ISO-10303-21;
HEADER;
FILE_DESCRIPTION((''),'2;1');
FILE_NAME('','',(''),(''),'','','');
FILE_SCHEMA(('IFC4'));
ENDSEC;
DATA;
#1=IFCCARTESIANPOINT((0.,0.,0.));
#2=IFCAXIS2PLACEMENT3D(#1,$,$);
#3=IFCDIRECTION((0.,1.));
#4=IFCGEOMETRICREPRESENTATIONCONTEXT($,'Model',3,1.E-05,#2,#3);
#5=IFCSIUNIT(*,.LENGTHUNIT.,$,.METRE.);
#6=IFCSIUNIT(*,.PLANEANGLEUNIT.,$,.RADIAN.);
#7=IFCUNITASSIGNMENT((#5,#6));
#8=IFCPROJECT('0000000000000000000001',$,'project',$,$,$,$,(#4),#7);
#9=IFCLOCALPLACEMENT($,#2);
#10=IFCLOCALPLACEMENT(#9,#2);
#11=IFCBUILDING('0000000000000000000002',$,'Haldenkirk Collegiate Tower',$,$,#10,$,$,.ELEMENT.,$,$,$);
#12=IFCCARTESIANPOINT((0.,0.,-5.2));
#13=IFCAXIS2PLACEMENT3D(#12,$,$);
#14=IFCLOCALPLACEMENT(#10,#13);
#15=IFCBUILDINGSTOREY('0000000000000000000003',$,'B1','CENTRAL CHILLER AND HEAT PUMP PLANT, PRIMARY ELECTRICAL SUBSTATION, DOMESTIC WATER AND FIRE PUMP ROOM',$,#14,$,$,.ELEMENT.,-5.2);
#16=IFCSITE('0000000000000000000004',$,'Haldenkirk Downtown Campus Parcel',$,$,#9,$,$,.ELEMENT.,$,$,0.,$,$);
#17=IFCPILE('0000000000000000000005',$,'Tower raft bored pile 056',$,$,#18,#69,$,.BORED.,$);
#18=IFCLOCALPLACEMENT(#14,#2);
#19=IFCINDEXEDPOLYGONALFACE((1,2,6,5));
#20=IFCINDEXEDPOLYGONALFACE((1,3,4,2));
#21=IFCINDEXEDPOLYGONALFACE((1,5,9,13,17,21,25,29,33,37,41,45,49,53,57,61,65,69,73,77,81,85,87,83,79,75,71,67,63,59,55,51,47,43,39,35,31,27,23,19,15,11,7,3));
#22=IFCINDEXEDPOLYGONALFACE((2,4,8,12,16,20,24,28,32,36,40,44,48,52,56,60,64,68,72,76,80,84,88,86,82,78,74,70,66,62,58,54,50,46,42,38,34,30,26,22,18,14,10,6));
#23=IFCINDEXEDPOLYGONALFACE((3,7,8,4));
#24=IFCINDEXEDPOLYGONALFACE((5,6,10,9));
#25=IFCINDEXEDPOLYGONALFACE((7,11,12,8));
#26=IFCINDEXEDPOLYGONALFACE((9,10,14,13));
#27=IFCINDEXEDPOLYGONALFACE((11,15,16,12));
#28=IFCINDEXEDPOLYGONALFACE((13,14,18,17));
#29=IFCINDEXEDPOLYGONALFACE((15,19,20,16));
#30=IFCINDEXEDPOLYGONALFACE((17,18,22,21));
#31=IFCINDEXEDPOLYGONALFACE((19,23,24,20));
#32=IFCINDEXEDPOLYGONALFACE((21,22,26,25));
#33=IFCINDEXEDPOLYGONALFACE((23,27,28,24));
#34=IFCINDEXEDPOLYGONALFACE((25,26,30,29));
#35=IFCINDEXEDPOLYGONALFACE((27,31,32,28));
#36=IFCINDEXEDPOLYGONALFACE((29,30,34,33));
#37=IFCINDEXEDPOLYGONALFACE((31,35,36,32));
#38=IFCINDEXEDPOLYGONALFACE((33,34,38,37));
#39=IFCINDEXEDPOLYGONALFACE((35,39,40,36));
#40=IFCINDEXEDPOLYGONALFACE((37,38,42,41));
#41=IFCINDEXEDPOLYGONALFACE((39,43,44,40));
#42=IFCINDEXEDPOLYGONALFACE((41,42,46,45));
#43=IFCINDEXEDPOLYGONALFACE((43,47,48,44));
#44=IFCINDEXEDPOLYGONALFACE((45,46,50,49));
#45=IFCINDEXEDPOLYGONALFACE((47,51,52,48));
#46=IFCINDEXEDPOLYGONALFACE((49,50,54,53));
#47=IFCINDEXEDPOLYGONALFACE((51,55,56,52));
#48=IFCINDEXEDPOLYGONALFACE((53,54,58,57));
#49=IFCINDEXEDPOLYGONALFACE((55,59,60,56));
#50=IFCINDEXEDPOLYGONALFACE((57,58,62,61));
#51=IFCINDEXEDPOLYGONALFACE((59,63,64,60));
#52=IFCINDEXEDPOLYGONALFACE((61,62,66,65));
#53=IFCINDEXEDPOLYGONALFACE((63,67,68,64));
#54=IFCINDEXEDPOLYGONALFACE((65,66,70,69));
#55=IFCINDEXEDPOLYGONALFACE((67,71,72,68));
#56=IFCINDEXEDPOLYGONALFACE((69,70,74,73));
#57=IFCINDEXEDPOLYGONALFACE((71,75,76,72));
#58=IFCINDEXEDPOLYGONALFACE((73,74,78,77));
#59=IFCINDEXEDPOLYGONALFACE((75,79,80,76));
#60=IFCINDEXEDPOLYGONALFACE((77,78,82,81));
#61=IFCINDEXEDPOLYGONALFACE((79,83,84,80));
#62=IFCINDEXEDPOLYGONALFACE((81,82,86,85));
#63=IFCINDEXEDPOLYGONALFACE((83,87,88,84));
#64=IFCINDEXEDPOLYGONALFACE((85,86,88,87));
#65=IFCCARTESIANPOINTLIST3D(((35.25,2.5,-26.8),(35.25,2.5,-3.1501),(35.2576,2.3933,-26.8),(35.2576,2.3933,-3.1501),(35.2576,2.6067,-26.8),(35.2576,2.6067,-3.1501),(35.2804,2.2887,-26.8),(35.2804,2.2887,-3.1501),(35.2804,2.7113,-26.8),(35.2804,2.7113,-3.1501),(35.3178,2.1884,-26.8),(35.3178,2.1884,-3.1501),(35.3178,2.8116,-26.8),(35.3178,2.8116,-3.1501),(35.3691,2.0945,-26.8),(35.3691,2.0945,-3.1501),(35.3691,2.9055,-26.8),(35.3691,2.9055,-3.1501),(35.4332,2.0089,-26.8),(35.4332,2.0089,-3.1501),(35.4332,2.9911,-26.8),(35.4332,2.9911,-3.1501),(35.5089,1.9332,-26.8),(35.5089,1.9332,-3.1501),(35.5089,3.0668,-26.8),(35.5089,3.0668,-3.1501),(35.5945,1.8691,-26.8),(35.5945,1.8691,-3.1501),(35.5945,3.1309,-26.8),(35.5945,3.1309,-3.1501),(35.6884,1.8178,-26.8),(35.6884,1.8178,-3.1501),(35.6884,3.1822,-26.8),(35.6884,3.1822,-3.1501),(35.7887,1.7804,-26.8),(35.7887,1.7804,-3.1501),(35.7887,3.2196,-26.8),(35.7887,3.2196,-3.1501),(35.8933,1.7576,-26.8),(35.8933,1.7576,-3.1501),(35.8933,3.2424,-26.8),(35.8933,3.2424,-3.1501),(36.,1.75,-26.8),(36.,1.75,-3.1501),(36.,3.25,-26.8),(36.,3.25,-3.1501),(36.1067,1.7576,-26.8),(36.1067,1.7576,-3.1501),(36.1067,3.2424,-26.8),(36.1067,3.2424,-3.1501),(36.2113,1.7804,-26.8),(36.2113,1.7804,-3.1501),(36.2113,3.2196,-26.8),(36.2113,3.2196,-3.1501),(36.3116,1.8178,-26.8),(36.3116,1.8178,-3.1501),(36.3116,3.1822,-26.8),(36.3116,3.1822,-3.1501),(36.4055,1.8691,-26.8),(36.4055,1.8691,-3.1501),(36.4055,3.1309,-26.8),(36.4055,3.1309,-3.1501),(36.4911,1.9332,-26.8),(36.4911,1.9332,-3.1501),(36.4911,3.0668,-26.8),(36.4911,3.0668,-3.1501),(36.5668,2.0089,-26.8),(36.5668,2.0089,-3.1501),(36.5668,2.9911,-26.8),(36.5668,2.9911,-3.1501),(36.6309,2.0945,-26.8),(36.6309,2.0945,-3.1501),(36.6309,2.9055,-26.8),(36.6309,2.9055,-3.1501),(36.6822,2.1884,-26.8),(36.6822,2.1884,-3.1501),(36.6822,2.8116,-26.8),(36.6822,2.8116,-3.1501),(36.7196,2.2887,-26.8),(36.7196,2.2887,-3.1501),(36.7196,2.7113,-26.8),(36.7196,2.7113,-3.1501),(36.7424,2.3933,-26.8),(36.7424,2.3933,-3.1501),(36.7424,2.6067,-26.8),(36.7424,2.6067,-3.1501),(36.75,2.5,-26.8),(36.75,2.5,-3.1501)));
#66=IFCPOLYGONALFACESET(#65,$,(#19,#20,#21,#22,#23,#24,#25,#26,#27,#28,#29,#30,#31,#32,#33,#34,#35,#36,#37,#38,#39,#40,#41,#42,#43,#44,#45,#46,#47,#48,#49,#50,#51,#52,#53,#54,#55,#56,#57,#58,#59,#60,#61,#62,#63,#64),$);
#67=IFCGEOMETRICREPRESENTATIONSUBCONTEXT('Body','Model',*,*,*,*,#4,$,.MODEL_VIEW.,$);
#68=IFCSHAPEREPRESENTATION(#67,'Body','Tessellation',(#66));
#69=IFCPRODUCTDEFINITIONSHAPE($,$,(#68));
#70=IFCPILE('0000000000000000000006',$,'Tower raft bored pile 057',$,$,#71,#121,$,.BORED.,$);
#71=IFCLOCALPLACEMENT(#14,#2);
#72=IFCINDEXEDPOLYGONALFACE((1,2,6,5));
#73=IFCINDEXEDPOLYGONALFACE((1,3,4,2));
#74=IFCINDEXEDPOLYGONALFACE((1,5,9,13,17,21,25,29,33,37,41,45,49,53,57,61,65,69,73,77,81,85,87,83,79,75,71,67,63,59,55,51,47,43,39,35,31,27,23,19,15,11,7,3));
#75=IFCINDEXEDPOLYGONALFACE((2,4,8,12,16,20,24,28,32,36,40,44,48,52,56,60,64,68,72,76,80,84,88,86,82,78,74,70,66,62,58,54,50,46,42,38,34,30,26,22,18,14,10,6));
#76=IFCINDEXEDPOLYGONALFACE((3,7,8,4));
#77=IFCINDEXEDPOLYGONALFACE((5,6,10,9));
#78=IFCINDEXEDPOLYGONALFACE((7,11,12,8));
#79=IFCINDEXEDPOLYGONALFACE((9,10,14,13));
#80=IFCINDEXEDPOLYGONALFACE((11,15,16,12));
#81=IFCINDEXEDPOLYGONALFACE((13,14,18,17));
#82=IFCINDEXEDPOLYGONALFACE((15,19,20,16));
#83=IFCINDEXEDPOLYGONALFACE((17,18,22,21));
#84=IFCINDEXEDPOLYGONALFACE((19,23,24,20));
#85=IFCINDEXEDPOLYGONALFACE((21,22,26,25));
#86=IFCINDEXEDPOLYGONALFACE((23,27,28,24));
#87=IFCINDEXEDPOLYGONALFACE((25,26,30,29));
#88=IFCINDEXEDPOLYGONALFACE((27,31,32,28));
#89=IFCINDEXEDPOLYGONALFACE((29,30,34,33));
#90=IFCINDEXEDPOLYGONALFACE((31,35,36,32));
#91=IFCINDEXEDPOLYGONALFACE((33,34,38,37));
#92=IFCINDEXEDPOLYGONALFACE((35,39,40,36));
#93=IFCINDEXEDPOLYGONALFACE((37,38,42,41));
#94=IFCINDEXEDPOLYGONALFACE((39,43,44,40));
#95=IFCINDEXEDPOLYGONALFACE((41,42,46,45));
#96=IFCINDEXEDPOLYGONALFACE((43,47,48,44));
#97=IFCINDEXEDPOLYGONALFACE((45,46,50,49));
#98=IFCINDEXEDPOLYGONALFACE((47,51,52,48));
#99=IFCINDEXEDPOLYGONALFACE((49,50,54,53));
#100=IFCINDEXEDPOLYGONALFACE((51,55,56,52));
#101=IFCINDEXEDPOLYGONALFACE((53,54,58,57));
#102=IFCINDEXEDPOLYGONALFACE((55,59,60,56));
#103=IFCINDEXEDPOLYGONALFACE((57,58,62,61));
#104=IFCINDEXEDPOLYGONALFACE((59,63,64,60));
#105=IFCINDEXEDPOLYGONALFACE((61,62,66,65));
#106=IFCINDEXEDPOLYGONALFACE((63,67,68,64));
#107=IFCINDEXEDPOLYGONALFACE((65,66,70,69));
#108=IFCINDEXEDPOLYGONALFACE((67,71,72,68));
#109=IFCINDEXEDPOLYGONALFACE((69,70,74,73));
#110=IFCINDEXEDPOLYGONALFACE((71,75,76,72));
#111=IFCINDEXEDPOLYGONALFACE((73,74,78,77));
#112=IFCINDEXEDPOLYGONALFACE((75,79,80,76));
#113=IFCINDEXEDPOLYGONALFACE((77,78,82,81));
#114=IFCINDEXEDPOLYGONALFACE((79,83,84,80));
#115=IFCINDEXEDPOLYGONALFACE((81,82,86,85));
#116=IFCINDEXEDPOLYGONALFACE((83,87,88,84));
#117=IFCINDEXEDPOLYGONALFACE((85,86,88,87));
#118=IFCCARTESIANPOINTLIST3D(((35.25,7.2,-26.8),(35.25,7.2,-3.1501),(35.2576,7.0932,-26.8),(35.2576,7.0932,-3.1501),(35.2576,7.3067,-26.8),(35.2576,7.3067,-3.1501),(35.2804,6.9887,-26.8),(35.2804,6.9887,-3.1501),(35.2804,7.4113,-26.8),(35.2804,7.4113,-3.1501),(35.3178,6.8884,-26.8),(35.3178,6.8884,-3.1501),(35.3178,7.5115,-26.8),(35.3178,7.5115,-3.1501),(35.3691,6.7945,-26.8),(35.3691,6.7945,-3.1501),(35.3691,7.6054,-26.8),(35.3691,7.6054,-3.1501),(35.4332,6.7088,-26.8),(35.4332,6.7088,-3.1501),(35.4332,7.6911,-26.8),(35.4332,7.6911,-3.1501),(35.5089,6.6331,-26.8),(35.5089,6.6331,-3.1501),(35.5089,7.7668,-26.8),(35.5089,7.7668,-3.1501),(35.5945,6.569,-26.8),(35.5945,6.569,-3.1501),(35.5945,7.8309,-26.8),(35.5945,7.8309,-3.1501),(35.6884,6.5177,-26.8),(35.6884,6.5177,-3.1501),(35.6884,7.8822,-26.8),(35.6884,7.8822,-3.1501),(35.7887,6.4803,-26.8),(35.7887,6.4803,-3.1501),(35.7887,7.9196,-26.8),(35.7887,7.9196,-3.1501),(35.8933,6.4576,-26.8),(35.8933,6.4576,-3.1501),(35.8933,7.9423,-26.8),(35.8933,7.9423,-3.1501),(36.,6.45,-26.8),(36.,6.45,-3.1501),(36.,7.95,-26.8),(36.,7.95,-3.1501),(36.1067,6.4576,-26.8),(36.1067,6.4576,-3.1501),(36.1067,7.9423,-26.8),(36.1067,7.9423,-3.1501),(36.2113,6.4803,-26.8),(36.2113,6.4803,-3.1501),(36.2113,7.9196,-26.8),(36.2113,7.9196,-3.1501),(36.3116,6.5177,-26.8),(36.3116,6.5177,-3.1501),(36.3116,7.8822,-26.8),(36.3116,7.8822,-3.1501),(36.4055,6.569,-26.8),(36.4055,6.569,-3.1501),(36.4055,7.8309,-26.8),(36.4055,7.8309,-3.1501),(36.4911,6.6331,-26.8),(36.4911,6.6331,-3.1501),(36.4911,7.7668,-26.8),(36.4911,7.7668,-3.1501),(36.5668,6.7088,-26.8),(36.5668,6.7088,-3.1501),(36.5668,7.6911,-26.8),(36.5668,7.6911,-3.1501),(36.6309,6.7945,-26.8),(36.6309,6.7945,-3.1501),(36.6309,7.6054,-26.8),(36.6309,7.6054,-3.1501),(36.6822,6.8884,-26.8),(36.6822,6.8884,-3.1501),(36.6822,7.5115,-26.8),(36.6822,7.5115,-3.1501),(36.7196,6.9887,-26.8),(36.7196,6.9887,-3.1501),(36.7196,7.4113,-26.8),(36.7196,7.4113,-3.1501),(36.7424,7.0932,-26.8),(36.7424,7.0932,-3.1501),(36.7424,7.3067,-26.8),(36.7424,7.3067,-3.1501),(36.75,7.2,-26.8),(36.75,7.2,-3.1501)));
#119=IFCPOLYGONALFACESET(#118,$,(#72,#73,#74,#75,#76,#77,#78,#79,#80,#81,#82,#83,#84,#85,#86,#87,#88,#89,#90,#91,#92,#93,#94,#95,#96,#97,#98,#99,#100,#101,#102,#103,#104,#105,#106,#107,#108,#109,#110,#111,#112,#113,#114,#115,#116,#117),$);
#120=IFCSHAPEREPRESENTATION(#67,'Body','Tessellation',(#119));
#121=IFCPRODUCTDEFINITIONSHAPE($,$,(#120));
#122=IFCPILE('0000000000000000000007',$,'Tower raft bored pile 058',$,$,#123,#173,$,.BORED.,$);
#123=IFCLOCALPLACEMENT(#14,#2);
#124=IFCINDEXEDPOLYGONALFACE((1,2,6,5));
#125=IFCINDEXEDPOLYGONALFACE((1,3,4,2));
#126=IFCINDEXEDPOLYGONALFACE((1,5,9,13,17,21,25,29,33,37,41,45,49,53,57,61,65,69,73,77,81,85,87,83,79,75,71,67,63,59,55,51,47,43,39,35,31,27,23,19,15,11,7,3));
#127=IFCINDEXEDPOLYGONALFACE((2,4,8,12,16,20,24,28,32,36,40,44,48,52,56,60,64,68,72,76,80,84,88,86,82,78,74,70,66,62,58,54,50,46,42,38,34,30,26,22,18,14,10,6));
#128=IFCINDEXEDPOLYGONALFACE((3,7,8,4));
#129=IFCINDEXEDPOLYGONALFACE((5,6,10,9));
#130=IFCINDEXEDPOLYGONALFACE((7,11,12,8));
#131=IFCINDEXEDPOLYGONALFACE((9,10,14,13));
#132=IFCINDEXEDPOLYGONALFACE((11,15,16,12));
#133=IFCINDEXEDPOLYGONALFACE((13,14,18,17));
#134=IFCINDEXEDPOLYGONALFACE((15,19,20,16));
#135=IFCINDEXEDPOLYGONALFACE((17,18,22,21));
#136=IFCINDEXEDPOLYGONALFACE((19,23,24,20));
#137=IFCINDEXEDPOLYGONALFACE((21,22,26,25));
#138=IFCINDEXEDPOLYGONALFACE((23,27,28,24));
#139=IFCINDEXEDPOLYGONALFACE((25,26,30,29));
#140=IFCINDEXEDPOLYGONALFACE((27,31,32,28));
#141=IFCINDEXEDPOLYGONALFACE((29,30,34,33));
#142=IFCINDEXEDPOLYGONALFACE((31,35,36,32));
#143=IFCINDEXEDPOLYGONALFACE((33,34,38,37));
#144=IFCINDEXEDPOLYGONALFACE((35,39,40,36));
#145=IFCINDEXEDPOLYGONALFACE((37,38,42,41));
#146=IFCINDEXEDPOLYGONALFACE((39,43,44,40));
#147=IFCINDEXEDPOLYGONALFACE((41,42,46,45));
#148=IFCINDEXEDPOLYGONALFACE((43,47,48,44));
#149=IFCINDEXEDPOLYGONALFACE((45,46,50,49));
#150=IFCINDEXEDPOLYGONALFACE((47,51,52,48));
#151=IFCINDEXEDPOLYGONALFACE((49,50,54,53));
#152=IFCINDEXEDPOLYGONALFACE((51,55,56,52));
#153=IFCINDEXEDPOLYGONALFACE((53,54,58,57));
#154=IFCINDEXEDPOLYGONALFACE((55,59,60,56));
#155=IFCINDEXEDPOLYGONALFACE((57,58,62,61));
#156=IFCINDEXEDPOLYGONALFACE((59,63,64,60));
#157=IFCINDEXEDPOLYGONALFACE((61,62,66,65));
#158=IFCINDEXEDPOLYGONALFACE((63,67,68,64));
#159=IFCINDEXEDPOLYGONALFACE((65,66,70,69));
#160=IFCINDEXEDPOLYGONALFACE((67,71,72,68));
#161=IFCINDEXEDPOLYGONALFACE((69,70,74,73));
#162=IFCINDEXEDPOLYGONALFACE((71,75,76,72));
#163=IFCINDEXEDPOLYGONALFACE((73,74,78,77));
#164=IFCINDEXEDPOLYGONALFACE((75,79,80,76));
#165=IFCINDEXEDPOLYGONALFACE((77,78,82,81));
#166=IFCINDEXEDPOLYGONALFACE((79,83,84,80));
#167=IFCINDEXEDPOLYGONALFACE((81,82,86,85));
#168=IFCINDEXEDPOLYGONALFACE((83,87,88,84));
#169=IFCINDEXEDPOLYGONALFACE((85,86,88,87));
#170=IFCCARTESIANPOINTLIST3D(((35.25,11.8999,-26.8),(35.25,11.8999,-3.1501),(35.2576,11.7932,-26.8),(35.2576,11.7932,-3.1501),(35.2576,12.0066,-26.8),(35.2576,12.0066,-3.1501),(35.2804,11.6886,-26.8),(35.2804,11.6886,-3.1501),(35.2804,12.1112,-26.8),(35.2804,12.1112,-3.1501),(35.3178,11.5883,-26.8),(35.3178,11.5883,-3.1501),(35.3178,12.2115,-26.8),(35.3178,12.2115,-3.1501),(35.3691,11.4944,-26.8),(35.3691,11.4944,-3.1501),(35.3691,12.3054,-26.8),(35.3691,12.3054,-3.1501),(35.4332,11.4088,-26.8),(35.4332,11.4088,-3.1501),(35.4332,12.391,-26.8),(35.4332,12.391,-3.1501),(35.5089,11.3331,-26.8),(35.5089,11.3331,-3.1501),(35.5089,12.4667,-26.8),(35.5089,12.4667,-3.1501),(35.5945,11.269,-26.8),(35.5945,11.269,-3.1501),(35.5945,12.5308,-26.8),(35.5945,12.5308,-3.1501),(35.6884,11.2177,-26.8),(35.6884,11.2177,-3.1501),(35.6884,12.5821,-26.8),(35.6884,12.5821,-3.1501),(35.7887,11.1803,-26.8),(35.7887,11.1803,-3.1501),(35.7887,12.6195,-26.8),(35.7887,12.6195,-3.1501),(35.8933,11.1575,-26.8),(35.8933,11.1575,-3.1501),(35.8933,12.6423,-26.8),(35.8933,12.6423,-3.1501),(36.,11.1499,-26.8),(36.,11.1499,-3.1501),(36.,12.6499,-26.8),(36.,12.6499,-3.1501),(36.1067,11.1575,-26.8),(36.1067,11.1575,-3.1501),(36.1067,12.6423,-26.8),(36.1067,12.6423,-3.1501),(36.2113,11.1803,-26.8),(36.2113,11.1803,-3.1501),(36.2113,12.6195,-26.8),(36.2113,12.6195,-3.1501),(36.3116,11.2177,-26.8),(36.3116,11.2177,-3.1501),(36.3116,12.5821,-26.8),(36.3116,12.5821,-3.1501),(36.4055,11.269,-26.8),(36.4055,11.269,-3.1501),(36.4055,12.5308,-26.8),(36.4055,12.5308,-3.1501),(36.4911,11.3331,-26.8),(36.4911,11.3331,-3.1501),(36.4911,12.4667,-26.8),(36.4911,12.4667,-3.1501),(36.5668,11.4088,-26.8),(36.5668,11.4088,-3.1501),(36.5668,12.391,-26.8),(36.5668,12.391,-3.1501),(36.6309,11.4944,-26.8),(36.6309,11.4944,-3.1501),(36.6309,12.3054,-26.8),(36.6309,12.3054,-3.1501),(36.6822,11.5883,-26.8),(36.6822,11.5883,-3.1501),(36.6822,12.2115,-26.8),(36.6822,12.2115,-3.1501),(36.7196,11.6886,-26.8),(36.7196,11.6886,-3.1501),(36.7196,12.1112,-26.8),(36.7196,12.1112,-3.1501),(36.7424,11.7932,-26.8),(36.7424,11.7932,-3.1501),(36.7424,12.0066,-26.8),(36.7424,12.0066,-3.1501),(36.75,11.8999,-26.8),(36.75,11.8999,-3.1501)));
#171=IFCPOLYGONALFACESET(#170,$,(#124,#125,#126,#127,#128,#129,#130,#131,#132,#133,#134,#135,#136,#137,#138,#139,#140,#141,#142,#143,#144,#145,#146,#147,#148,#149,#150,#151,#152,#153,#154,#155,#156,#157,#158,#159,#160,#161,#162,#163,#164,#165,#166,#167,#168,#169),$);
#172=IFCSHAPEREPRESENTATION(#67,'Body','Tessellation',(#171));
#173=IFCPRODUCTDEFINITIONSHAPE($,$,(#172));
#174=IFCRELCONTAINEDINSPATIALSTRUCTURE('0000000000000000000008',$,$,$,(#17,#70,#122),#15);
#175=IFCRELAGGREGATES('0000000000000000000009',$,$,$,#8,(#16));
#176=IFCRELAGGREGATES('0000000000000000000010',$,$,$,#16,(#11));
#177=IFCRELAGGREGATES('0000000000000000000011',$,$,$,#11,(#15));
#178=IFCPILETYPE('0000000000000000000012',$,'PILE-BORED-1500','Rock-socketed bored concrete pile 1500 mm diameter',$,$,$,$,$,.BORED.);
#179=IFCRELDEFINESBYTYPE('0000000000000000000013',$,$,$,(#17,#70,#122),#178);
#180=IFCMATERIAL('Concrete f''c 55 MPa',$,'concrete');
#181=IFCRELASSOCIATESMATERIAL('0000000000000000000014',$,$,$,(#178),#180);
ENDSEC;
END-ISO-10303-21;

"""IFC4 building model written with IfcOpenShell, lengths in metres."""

from ifc_helpers import new_model, si_unit, direction, frame, origin, origin_2d, place, context, subcontext, project, spatial, circle, extrude, material, material_profile, profile_set, type_object, element, save


model = new_model("IFC4")

# Units and contexts
model_context = context("Model", 3, precision=1e-05, world=origin(), true_north=direction((0.0, 1.0)))
body_context = subcontext(model_context, "Body", "Model", "MODEL_VIEW")
ifc_project = project(units=[si_unit("LENGTHUNIT", "METRE"), si_unit("PLANEANGLEUNIT", "RADIAN")], contexts=[model_context])

# Site, building, storey
site_placement = place(None, origin())
site = spatial("IfcSite", under=ifc_project, at=site_placement, Name="Haldenkirk Downtown Campus Parcel", CompositionType="ELEMENT", RefElevation=0.0)
building_placement = place(site_placement, origin())
building = spatial("IfcBuilding", under=site, at=building_placement, Name="Haldenkirk Collegiate Tower", CompositionType="ELEMENT")
storey_placement = place(building_placement, frame((0.0, 0.0, -5.2)))
storey = spatial("IfcBuildingStorey", under=building, at=storey_placement, Name="B1", Description="CENTRAL CHILLER AND HEAT PUMP PLANT, PRIMARY ELECTRICAL SUBSTATION, DOMESTIC WATER AND FIRE PUMP ROOM", CompositionType="ELEMENT", Elevation=-5.2)

# Piles
ifc_material_1 = material(Name="Concrete f'c 55 MPa", Category="concrete")
ifc_material_profile_1 = material_profile(ifc_material_1, circle(Radius=0.75, at=origin_2d()), Name="PILE1500")
ifc_profile_set_1 = profile_set([ifc_material_profile_1], Name="Concrete f'c 55 MPa")
pile_type = type_object("IfcPileType", Name="PILE-BORED-1500", Description="Rock-socketed bored concrete pile 1500 mm diameter", PredefinedType="BORED", material=ifc_profile_set_1)
for number, where, z_axis, x_axis, name in (
    (1, (36.0, 2.5, -3.1501), (0.0, 0.0, -1.0), (1.0, 0.0, 0.0), "Tower raft bored pile 056"),
    (2, (36.0, 7.2, -3.1501), (0.0, 0.0, -1.0), (1.0, 0.0, 0.0), "Tower raft bored pile 057"),
    (3, (36.0, 11.8999, -3.1501), (0.0, 0.0, -1.0), (1.0, 0.0, 0.0), "Tower raft bored pile 058"),
):
    element("IfcPile", number, at=place(storey_placement, frame(where, z_axis=z_axis, x_axis=x_axis)), inside=storey, type_object=pile_type, Name=name, PredefinedType="BORED", context=body_context, shape_type="SweptSolid", body=[
        extrude(circle(Radius=0.75, at=origin_2d()), origin(), (0.0, 0.0, 1.0), 23.6499),
    ])

save(model, "model.ifc")
